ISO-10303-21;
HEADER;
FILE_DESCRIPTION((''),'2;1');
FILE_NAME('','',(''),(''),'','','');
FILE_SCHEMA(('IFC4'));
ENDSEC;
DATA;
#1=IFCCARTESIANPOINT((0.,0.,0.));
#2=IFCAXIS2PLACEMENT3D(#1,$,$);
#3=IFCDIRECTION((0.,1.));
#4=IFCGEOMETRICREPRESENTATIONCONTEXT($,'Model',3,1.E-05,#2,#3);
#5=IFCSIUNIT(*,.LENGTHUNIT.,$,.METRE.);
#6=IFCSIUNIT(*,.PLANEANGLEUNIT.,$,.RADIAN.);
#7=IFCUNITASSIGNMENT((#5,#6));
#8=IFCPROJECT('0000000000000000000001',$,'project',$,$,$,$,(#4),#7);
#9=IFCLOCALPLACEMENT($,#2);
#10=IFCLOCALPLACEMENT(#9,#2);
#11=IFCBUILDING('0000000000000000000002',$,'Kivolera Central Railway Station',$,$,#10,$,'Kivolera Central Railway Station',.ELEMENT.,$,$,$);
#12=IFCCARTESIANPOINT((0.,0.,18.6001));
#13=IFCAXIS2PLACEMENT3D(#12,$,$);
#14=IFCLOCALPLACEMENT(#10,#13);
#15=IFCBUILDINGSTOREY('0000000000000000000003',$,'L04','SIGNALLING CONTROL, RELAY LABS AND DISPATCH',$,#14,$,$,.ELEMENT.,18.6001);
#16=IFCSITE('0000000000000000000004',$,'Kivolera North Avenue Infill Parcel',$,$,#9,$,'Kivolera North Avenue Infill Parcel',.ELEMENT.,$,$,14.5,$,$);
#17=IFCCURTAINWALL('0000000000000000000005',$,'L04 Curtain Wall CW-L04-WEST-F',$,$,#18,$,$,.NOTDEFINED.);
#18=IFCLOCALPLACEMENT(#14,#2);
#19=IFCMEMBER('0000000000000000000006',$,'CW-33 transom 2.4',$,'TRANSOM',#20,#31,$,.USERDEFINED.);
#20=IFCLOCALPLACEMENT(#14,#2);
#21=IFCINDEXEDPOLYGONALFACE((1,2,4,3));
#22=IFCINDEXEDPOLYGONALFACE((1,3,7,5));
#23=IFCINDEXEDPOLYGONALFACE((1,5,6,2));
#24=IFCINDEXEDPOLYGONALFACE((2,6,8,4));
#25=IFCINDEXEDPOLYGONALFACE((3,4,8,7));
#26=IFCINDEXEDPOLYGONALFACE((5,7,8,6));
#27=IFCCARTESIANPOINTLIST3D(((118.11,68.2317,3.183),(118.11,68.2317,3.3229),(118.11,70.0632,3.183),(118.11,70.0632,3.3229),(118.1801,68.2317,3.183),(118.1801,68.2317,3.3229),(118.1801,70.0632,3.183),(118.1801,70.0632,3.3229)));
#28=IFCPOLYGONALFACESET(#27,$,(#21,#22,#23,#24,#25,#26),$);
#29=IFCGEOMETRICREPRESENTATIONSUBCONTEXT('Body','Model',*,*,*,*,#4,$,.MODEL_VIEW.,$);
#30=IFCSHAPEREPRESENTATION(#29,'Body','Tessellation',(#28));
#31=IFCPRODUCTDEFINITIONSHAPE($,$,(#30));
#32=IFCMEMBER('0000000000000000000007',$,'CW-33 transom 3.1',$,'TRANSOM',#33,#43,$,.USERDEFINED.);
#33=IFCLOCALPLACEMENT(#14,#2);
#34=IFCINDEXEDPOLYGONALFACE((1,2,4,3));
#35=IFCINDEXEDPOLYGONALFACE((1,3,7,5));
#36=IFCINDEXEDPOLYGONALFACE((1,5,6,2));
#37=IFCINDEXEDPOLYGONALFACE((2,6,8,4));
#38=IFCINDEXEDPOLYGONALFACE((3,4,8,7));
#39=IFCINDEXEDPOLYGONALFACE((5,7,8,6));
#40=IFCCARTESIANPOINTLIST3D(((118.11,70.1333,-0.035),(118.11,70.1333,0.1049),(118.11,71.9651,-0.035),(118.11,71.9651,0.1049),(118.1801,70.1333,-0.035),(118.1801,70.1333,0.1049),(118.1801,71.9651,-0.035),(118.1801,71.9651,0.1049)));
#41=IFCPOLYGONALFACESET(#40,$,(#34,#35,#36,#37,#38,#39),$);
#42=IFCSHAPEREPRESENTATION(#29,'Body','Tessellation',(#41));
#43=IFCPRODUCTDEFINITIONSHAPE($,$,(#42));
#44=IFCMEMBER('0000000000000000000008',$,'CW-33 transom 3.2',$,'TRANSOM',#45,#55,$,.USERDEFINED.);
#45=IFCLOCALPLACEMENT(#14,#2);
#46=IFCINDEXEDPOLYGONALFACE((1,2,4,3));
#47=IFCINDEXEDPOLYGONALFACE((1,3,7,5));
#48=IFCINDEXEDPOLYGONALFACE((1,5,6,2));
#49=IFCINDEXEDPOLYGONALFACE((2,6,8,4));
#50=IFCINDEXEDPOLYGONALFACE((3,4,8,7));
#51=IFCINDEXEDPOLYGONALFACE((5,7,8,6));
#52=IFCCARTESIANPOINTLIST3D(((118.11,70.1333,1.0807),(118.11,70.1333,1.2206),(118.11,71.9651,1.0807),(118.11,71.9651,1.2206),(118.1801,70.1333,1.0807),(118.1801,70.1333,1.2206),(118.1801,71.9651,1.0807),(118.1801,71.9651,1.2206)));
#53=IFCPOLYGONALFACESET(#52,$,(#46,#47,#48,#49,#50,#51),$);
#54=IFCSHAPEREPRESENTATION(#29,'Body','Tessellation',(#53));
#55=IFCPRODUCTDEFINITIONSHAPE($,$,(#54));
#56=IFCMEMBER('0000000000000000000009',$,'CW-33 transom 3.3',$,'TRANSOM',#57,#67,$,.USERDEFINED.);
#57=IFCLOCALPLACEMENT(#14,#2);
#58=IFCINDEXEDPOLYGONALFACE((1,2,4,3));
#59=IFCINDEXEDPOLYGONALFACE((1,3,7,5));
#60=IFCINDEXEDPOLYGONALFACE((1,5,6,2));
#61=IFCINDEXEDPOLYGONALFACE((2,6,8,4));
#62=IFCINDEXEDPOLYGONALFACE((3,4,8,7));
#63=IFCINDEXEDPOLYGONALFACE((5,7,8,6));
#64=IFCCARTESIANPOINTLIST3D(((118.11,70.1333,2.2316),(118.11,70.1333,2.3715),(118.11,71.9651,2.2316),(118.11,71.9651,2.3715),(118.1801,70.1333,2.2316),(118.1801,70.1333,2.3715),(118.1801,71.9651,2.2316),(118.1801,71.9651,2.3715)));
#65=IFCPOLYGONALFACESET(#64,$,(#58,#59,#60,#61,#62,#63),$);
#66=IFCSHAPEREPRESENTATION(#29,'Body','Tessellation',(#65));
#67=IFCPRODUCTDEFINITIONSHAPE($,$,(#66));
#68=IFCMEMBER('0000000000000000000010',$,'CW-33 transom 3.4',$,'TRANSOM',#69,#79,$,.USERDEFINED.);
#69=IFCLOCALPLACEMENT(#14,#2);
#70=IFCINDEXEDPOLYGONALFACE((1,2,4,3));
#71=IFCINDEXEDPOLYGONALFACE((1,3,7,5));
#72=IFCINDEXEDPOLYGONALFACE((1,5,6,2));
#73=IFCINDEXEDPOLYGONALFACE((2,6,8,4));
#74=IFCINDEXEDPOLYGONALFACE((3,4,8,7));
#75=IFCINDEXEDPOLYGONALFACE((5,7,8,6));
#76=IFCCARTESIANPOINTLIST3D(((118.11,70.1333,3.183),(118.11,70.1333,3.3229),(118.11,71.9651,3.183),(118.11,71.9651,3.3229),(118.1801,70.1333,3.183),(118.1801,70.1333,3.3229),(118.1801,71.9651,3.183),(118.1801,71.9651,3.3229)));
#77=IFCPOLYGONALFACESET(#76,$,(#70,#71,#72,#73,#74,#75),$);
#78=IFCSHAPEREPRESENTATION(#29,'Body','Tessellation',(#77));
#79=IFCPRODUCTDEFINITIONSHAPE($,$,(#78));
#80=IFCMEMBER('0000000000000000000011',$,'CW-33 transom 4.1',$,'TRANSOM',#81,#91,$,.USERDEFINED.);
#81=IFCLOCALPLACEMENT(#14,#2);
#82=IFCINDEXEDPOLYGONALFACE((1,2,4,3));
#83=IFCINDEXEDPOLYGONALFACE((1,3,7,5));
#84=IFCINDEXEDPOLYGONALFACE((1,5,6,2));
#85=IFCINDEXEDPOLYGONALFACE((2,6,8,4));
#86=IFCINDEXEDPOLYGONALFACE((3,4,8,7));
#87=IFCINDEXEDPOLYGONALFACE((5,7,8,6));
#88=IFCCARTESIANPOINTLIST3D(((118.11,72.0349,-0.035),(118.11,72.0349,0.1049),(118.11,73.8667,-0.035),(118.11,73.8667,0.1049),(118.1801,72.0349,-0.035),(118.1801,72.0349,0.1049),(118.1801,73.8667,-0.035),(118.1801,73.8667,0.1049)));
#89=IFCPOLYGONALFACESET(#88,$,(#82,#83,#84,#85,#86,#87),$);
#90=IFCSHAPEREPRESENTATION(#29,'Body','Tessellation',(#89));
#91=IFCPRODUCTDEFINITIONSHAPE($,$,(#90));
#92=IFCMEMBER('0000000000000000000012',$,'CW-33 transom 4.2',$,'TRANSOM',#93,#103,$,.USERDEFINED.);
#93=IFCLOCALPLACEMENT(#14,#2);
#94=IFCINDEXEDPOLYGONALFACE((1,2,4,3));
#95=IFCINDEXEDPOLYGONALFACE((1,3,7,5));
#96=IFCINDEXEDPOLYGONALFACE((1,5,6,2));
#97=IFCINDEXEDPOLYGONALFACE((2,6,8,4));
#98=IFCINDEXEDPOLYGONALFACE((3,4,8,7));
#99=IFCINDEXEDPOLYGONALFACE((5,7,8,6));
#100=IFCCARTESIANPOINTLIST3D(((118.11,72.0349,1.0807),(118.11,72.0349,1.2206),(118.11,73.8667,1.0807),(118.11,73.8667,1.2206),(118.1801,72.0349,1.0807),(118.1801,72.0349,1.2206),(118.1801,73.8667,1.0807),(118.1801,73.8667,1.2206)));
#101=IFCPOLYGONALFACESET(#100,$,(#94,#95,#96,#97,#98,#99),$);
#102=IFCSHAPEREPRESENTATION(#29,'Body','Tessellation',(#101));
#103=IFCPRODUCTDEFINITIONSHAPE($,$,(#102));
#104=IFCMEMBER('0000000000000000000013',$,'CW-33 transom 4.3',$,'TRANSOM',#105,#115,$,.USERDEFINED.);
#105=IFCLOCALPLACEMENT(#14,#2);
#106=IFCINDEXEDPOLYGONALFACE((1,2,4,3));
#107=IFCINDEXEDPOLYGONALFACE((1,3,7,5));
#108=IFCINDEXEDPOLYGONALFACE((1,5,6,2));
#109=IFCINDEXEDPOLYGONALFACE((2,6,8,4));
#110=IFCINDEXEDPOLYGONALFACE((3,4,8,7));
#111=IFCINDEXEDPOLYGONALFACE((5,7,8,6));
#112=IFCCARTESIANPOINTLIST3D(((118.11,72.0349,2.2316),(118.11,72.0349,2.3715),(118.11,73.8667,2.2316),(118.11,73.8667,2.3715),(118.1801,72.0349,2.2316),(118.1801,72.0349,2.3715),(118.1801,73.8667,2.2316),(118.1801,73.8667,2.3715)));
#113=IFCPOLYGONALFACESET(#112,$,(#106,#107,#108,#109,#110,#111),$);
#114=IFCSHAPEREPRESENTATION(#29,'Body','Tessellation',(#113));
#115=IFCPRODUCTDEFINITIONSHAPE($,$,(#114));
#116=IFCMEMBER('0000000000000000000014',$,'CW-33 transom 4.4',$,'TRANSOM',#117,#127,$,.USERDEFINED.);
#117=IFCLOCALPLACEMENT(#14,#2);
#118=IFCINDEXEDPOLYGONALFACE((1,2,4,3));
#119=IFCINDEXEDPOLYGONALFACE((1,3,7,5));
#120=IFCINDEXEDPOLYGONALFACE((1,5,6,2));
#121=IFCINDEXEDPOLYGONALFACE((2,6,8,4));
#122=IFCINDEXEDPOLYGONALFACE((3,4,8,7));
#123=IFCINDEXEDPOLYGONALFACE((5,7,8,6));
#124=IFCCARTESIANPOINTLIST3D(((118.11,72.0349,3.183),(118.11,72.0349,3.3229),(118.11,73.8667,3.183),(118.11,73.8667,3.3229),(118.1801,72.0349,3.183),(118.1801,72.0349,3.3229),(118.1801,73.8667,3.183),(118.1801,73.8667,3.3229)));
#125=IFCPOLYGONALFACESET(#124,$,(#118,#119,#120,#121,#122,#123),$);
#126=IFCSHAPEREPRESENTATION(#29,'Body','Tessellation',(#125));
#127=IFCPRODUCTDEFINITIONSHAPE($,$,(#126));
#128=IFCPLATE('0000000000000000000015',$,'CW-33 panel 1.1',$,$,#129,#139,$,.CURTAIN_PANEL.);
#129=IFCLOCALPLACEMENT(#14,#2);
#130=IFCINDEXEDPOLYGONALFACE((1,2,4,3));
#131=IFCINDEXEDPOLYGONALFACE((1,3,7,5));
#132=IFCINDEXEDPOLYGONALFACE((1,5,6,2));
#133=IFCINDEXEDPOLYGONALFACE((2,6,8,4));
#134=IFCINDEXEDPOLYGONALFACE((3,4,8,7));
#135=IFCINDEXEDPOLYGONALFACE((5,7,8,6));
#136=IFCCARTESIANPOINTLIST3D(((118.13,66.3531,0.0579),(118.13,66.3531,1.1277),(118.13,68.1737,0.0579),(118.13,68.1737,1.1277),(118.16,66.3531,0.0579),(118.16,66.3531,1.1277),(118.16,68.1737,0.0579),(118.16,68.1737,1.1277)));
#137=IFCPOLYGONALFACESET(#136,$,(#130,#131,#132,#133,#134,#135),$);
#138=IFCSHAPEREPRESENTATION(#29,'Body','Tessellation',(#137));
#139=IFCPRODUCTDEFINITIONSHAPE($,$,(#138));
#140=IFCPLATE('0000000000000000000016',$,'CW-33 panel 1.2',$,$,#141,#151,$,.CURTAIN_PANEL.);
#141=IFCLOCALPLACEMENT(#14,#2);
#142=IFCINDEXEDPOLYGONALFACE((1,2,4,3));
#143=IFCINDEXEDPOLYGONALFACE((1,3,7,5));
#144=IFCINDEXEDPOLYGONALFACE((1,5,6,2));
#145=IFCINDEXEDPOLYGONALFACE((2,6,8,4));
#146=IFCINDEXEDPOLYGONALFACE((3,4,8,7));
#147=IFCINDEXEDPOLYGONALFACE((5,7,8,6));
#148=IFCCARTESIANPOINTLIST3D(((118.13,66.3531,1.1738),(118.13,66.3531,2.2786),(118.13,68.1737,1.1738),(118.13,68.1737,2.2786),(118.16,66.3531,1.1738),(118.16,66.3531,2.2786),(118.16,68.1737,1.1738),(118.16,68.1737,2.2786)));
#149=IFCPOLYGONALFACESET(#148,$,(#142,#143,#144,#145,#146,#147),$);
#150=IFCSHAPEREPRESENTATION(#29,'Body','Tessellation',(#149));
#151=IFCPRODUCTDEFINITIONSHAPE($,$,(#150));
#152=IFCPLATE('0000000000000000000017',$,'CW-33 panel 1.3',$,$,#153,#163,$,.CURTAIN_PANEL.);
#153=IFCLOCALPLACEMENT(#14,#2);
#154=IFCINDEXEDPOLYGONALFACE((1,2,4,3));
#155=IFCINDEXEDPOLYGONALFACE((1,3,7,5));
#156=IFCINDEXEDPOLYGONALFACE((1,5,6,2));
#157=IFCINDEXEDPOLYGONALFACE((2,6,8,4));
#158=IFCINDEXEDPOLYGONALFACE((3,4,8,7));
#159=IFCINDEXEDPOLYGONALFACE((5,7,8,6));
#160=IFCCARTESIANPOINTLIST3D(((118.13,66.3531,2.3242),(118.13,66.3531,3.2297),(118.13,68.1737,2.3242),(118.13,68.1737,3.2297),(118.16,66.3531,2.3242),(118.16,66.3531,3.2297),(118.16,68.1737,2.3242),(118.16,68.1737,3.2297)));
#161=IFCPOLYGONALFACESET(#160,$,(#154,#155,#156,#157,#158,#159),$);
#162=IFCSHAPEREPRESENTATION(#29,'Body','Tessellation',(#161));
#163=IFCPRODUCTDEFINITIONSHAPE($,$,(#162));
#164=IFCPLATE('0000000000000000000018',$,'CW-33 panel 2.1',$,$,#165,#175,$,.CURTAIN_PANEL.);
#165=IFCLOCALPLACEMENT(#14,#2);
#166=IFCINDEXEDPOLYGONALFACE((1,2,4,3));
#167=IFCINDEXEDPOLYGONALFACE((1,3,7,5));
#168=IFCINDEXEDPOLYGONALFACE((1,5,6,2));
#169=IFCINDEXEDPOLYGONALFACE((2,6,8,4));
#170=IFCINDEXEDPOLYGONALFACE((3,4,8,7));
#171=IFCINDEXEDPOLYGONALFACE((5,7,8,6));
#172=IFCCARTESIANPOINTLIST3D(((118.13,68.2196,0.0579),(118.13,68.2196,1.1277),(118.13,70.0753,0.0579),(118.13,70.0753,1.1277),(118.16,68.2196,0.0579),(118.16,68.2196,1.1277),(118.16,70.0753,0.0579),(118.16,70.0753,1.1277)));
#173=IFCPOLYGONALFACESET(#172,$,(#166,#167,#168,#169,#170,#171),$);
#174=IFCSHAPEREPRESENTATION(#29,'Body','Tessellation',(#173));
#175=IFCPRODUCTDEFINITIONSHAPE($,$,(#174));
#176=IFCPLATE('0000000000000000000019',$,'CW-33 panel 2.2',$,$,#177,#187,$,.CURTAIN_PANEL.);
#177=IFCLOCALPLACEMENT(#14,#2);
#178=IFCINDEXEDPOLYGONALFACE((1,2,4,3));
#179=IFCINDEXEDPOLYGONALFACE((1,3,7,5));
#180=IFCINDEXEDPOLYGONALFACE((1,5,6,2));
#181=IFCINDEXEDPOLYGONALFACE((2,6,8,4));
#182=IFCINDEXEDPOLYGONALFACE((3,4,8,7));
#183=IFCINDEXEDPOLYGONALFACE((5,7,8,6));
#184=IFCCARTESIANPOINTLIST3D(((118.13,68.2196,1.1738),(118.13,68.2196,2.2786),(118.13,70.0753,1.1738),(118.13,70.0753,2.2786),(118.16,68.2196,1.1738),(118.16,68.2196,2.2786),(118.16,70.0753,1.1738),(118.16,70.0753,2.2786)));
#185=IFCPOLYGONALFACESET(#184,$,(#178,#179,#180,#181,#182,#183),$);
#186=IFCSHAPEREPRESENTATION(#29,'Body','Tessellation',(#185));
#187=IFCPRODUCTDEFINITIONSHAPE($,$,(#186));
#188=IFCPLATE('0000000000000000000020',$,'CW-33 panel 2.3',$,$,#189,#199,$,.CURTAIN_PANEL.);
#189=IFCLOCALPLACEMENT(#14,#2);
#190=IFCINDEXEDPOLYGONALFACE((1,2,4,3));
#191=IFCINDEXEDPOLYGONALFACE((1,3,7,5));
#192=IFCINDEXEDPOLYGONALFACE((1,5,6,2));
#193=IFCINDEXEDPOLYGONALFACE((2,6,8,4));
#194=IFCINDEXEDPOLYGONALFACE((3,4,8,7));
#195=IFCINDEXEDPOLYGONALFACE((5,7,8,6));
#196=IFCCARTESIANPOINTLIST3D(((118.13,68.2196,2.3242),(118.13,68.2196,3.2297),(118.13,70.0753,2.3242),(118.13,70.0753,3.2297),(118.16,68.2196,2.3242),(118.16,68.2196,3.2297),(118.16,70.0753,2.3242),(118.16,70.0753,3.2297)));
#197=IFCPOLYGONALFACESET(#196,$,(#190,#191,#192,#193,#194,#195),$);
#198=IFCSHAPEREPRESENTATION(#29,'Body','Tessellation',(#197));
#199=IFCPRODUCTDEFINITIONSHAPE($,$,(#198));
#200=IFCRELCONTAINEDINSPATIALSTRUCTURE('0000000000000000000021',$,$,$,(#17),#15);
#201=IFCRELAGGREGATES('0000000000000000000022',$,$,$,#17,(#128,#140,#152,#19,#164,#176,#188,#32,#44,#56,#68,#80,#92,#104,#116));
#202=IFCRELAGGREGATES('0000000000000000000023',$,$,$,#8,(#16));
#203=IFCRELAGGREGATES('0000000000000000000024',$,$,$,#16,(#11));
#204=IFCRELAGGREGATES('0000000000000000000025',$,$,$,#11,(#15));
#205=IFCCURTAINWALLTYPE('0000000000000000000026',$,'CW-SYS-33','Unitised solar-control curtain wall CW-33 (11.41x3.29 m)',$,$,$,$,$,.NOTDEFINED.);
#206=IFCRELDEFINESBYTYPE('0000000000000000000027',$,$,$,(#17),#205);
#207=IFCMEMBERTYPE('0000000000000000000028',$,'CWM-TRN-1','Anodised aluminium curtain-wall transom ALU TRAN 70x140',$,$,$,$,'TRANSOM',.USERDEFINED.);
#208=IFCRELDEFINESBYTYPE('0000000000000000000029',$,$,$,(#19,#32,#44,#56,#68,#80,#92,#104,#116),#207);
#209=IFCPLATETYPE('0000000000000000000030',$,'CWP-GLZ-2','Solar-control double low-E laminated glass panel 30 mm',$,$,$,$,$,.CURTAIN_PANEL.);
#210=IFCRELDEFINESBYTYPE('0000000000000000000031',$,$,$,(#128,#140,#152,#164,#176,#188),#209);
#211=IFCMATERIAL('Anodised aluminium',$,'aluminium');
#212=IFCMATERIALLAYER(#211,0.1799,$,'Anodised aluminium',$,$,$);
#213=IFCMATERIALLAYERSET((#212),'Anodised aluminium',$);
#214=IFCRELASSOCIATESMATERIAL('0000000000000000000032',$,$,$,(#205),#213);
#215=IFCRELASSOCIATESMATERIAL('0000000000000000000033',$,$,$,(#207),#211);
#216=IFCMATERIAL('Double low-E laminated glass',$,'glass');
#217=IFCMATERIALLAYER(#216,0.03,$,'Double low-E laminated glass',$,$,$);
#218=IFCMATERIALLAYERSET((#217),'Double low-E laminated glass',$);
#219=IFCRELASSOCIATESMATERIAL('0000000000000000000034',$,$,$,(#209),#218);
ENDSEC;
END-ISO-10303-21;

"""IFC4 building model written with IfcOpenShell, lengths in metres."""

from ifc_helpers import new_model, si_unit, direction, frame, origin, origin_2d, place, context, subcontext, project, spatial, rectangle, extrude, material, layer, layer_set, material_profile, profile_set, type_object, element, aggregate, save


model = new_model("IFC4")

# Units and contexts
model_context = context("Model", 3, precision=1e-05, world=origin(), true_north=direction((0.0, 1.0)))
body_context = subcontext(model_context, "Body", "Model", "MODEL_VIEW")
ifc_project = project(units=[si_unit("LENGTHUNIT", "METRE"), si_unit("PLANEANGLEUNIT", "RADIAN")], contexts=[model_context])

# Site, building, storey
site_placement = place(None, origin())
site = spatial("IfcSite", under=ifc_project, at=site_placement, Name="Kivolera North Avenue Infill Parcel", LongName="Kivolera North Avenue Infill Parcel", CompositionType="ELEMENT", RefElevation=14.5)
building_placement = place(site_placement, origin())
building = spatial("IfcBuilding", under=site, at=building_placement, Name="Kivolera Central Railway Station", LongName="Kivolera Central Railway Station", CompositionType="ELEMENT")
storey_placement = place(building_placement, frame((0.0, 0.0, 18.6001)))
storey = spatial("IfcBuildingStorey", under=building, at=storey_placement, Name="L04", Description="SIGNALLING CONTROL, RELAY LABS AND DISPATCH", CompositionType="ELEMENT", Elevation=18.6001)

# Curtain wall, members, plates
ifc_material_1 = material(Name="Anodised aluminium", Category="aluminium")
ifc_layer_1 = layer(ifc_material_1, 0.1799, Name="Anodised aluminium")
ifc_layer_set_1 = layer_set([ifc_layer_1], Name="Anodised aluminium")
curtain_wall_type = type_object("IfcCurtainWallType", Name="CW-SYS-33", Description="Unitised solar-control curtain wall CW-33 (11.41x3.29 m)", PredefinedType="NOTDEFINED", material=ifc_layer_set_1)
curtain_wall_placement = place(storey_placement, origin())
curtain_wall = element("IfcCurtainWall", 1, at=curtain_wall_placement, inside=storey, type_object=curtain_wall_type, Name="L04 Curtain Wall CW-L04-WEST-F", PredefinedType="NOTDEFINED")
ifc_material_profile_1 = material_profile(ifc_material_1, rectangle(XDim=0.0701, YDim=0.1399, at=origin_2d()), Name="ALU TRAN 70x140")
ifc_profile_set_1 = profile_set([ifc_material_profile_1], Name="Anodised aluminium")
member_type_1 = type_object("IfcMemberType", Name="CWM-TRN-1", Description="Anodised aluminium curtain-wall transom ALU TRAN 70x140", ElementType="TRANSOM", PredefinedType="USERDEFINED", material=ifc_profile_set_1)
member_1_placement = place(storey_placement, frame((118.145, 68.2317, 3.2529), z_axis=(0.0, 1.0, 0.0), x_axis=(-1.0, 0.0, 0.0)))
member_1 = element("IfcMember", 2, at=member_1_placement, type_object=member_type_1, Name="CW-33 transom 2.4", ObjectType="TRANSOM", PredefinedType="USERDEFINED", context=body_context, shape_type="SweptSolid", body=[
    extrude(rectangle(XDim=0.0701, YDim=0.1399, at=origin_2d()), origin(), (0.0, 0.0, 1.0), 1.8315),
])
member_2_placement = place(storey_placement, frame((118.145, 70.1333, 0.0349), z_axis=(0.0, 1.0, 0.0), x_axis=(-1.0, 0.0, 0.0)))
member_2 = element("IfcMember", 3, at=member_2_placement, type_object=member_type_1, Name="CW-33 transom 3.1", ObjectType="TRANSOM", PredefinedType="USERDEFINED", context=body_context, shape_type="SweptSolid", body=[
    extrude(rectangle(XDim=0.0701, YDim=0.1399, at=origin_2d()), origin(), (0.0, 0.0, 1.0), 1.8318),
])
member_3_placement = place(storey_placement, frame((118.145, 70.1333, 1.1506), z_axis=(0.0, 1.0, 0.0), x_axis=(-1.0, 0.0, 0.0)))
member_3 = element("IfcMember", 4, at=member_3_placement, type_object=member_type_1, Name="CW-33 transom 3.2", ObjectType="TRANSOM", PredefinedType="USERDEFINED", context=body_context, shape_type="SweptSolid", body=[
    extrude(rectangle(XDim=0.0701, YDim=0.1399, at=origin_2d()), origin(), (0.0, 0.0, 1.0), 1.8318),
])
member_4_placement = place(storey_placement, frame((118.145, 70.1333, 2.3015), z_axis=(0.0, 1.0, 0.0), x_axis=(-1.0, 0.0, 0.0)))
member_4 = element("IfcMember", 5, at=member_4_placement, type_object=member_type_1, Name="CW-33 transom 3.3", ObjectType="TRANSOM", PredefinedType="USERDEFINED", context=body_context, shape_type="SweptSolid", body=[
    extrude(rectangle(XDim=0.0701, YDim=0.1399, at=origin_2d()), origin(), (0.0, 0.0, 1.0), 1.8318),
])
member_5_placement = place(storey_placement, frame((118.145, 70.1333, 3.2529), z_axis=(0.0, 1.0, 0.0), x_axis=(-1.0, 0.0, 0.0)))
member_5 = element("IfcMember", 6, at=member_5_placement, type_object=member_type_1, Name="CW-33 transom 3.4", ObjectType="TRANSOM", PredefinedType="USERDEFINED", context=body_context, shape_type="SweptSolid", body=[
    extrude(rectangle(XDim=0.0701, YDim=0.1399, at=origin_2d()), origin(), (0.0, 0.0, 1.0), 1.8318),
])
member_6_placement = place(storey_placement, frame((118.145, 72.0349, 0.0349), z_axis=(0.0, 1.0, 0.0), x_axis=(-1.0, 0.0, 0.0)))
member_6 = element("IfcMember", 7, at=member_6_placement, type_object=member_type_1, Name="CW-33 transom 4.1", ObjectType="TRANSOM", PredefinedType="USERDEFINED", context=body_context, shape_type="SweptSolid", body=[
    extrude(rectangle(XDim=0.0701, YDim=0.1399, at=origin_2d()), origin(), (0.0, 0.0, 1.0), 1.8318),
])
member_7_placement = place(storey_placement, frame((118.145, 72.0349, 1.1506), z_axis=(0.0, 1.0, 0.0), x_axis=(-1.0, 0.0, 0.0)))
member_7 = element("IfcMember", 8, at=member_7_placement, type_object=member_type_1, Name="CW-33 transom 4.2", ObjectType="TRANSOM", PredefinedType="USERDEFINED", context=body_context, shape_type="SweptSolid", body=[
    extrude(rectangle(XDim=0.0701, YDim=0.1399, at=origin_2d()), origin(), (0.0, 0.0, 1.0), 1.8318),
])
member_8_placement = place(storey_placement, frame((118.145, 72.0349, 2.3015), z_axis=(0.0, 1.0, 0.0), x_axis=(-1.0, 0.0, 0.0)))
member_8 = element("IfcMember", 9, at=member_8_placement, type_object=member_type_1, Name="CW-33 transom 4.3", ObjectType="TRANSOM", PredefinedType="USERDEFINED", context=body_context, shape_type="SweptSolid", body=[
    extrude(rectangle(XDim=0.0701, YDim=0.1399, at=origin_2d()), origin(), (0.0, 0.0, 1.0), 1.8318),
])
member_9_placement = place(storey_placement, frame((118.145, 72.0349, 3.2529), z_axis=(0.0, 1.0, 0.0), x_axis=(-1.0, 0.0, 0.0)))
member_9 = element("IfcMember", 10, at=member_9_placement, type_object=member_type_1, Name="CW-33 transom 4.4", ObjectType="TRANSOM", PredefinedType="USERDEFINED", context=body_context, shape_type="SweptSolid", body=[
    extrude(rectangle(XDim=0.0701, YDim=0.1399, at=origin_2d()), origin(), (0.0, 0.0, 1.0), 1.8318),
])
ifc_material_2 = material(Name="Double low-E laminated glass", Category="glass")
ifc_layer_2 = layer(ifc_material_2, 0.03, Name="Double low-E laminated glass")
ifc_layer_set_2 = layer_set([ifc_layer_2], Name="Double low-E laminated glass")
plate_type = type_object("IfcPlateType", Name="CWP-GLZ-2", Description="Solar-control double low-E laminated glass panel 30 mm", PredefinedType="CURTAIN_PANEL", material=ifc_layer_set_2)
plate_1_placement = place(storey_placement, frame((118.145, 67.2634, 0.0579), z_axis=(0.0, 0.0, 1.0), x_axis=(0.0, 1.0, 0.0)))
plate_1 = element("IfcPlate", 11, at=plate_1_placement, type_object=plate_type, Name="CW-33 panel 1.1", PredefinedType="CURTAIN_PANEL", context=body_context, shape_type="SweptSolid", body=[
    extrude(rectangle(XDim=1.8206, YDim=0.03, at=origin_2d()), origin(), (0.0, 0.0, 1.0), 1.0698),
])
plate_2_placement = place(storey_placement, frame((118.145, 67.2634, 1.1738), z_axis=(0.0, 0.0, 1.0), x_axis=(0.0, 1.0, 0.0)))
plate_2 = element("IfcPlate", 12, at=plate_2_placement, type_object=plate_type, Name="CW-33 panel 1.2", PredefinedType="CURTAIN_PANEL", context=body_context, shape_type="SweptSolid", body=[
    extrude(rectangle(XDim=1.8206, YDim=0.03, at=origin_2d()), origin(), (0.0, 0.0, 1.0), 1.1047),
])
plate_3_placement = place(storey_placement, frame((118.145, 67.2634, 2.3242), z_axis=(0.0, 0.0, 1.0), x_axis=(0.0, 1.0, 0.0)))
plate_3 = element("IfcPlate", 13, at=plate_3_placement, type_object=plate_type, Name="CW-33 panel 1.3", PredefinedType="CURTAIN_PANEL", context=body_context, shape_type="SweptSolid", body=[
    extrude(rectangle(XDim=1.8206, YDim=0.03, at=origin_2d()), origin(), (0.0, 0.0, 1.0), 0.9055),
])
plate_4_placement = place(storey_placement, frame((118.145, 69.1475, 0.0579), z_axis=(0.0, 0.0, 1.0), x_axis=(0.0, 1.0, 0.0)))
plate_4 = element("IfcPlate", 14, at=plate_4_placement, type_object=plate_type, Name="CW-33 panel 2.1", PredefinedType="CURTAIN_PANEL", context=body_context, shape_type="SweptSolid", body=[
    extrude(rectangle(XDim=1.8557, YDim=0.03, at=origin_2d()), origin(), (0.0, 0.0, 1.0), 1.0698),
])
plate_5_placement = place(storey_placement, frame((118.145, 69.1475, 1.1738), z_axis=(0.0, 0.0, 1.0), x_axis=(0.0, 1.0, 0.0)))
plate_5 = element("IfcPlate", 15, at=plate_5_placement, type_object=plate_type, Name="CW-33 panel 2.2", PredefinedType="CURTAIN_PANEL", context=body_context, shape_type="SweptSolid", body=[
    extrude(rectangle(XDim=1.8557, YDim=0.03, at=origin_2d()), origin(), (0.0, 0.0, 1.0), 1.1047),
])
plate_6_placement = place(storey_placement, frame((118.145, 69.1475, 2.3242), z_axis=(0.0, 0.0, 1.0), x_axis=(0.0, 1.0, 0.0)))
plate_6 = element("IfcPlate", 16, at=plate_6_placement, type_object=plate_type, Name="CW-33 panel 2.3", PredefinedType="CURTAIN_PANEL", context=body_context, shape_type="SweptSolid", body=[
    extrude(rectangle(XDim=1.8557, YDim=0.03, at=origin_2d()), origin(), (0.0, 0.0, 1.0), 0.9055),
])
aggregate(curtain_wall, [plate_1, plate_2, plate_3, member_1, plate_4, plate_5, plate_6, member_2, member_3, member_4, member_5, member_6, member_7, member_8, member_9])

save(model, "model.ifc")
